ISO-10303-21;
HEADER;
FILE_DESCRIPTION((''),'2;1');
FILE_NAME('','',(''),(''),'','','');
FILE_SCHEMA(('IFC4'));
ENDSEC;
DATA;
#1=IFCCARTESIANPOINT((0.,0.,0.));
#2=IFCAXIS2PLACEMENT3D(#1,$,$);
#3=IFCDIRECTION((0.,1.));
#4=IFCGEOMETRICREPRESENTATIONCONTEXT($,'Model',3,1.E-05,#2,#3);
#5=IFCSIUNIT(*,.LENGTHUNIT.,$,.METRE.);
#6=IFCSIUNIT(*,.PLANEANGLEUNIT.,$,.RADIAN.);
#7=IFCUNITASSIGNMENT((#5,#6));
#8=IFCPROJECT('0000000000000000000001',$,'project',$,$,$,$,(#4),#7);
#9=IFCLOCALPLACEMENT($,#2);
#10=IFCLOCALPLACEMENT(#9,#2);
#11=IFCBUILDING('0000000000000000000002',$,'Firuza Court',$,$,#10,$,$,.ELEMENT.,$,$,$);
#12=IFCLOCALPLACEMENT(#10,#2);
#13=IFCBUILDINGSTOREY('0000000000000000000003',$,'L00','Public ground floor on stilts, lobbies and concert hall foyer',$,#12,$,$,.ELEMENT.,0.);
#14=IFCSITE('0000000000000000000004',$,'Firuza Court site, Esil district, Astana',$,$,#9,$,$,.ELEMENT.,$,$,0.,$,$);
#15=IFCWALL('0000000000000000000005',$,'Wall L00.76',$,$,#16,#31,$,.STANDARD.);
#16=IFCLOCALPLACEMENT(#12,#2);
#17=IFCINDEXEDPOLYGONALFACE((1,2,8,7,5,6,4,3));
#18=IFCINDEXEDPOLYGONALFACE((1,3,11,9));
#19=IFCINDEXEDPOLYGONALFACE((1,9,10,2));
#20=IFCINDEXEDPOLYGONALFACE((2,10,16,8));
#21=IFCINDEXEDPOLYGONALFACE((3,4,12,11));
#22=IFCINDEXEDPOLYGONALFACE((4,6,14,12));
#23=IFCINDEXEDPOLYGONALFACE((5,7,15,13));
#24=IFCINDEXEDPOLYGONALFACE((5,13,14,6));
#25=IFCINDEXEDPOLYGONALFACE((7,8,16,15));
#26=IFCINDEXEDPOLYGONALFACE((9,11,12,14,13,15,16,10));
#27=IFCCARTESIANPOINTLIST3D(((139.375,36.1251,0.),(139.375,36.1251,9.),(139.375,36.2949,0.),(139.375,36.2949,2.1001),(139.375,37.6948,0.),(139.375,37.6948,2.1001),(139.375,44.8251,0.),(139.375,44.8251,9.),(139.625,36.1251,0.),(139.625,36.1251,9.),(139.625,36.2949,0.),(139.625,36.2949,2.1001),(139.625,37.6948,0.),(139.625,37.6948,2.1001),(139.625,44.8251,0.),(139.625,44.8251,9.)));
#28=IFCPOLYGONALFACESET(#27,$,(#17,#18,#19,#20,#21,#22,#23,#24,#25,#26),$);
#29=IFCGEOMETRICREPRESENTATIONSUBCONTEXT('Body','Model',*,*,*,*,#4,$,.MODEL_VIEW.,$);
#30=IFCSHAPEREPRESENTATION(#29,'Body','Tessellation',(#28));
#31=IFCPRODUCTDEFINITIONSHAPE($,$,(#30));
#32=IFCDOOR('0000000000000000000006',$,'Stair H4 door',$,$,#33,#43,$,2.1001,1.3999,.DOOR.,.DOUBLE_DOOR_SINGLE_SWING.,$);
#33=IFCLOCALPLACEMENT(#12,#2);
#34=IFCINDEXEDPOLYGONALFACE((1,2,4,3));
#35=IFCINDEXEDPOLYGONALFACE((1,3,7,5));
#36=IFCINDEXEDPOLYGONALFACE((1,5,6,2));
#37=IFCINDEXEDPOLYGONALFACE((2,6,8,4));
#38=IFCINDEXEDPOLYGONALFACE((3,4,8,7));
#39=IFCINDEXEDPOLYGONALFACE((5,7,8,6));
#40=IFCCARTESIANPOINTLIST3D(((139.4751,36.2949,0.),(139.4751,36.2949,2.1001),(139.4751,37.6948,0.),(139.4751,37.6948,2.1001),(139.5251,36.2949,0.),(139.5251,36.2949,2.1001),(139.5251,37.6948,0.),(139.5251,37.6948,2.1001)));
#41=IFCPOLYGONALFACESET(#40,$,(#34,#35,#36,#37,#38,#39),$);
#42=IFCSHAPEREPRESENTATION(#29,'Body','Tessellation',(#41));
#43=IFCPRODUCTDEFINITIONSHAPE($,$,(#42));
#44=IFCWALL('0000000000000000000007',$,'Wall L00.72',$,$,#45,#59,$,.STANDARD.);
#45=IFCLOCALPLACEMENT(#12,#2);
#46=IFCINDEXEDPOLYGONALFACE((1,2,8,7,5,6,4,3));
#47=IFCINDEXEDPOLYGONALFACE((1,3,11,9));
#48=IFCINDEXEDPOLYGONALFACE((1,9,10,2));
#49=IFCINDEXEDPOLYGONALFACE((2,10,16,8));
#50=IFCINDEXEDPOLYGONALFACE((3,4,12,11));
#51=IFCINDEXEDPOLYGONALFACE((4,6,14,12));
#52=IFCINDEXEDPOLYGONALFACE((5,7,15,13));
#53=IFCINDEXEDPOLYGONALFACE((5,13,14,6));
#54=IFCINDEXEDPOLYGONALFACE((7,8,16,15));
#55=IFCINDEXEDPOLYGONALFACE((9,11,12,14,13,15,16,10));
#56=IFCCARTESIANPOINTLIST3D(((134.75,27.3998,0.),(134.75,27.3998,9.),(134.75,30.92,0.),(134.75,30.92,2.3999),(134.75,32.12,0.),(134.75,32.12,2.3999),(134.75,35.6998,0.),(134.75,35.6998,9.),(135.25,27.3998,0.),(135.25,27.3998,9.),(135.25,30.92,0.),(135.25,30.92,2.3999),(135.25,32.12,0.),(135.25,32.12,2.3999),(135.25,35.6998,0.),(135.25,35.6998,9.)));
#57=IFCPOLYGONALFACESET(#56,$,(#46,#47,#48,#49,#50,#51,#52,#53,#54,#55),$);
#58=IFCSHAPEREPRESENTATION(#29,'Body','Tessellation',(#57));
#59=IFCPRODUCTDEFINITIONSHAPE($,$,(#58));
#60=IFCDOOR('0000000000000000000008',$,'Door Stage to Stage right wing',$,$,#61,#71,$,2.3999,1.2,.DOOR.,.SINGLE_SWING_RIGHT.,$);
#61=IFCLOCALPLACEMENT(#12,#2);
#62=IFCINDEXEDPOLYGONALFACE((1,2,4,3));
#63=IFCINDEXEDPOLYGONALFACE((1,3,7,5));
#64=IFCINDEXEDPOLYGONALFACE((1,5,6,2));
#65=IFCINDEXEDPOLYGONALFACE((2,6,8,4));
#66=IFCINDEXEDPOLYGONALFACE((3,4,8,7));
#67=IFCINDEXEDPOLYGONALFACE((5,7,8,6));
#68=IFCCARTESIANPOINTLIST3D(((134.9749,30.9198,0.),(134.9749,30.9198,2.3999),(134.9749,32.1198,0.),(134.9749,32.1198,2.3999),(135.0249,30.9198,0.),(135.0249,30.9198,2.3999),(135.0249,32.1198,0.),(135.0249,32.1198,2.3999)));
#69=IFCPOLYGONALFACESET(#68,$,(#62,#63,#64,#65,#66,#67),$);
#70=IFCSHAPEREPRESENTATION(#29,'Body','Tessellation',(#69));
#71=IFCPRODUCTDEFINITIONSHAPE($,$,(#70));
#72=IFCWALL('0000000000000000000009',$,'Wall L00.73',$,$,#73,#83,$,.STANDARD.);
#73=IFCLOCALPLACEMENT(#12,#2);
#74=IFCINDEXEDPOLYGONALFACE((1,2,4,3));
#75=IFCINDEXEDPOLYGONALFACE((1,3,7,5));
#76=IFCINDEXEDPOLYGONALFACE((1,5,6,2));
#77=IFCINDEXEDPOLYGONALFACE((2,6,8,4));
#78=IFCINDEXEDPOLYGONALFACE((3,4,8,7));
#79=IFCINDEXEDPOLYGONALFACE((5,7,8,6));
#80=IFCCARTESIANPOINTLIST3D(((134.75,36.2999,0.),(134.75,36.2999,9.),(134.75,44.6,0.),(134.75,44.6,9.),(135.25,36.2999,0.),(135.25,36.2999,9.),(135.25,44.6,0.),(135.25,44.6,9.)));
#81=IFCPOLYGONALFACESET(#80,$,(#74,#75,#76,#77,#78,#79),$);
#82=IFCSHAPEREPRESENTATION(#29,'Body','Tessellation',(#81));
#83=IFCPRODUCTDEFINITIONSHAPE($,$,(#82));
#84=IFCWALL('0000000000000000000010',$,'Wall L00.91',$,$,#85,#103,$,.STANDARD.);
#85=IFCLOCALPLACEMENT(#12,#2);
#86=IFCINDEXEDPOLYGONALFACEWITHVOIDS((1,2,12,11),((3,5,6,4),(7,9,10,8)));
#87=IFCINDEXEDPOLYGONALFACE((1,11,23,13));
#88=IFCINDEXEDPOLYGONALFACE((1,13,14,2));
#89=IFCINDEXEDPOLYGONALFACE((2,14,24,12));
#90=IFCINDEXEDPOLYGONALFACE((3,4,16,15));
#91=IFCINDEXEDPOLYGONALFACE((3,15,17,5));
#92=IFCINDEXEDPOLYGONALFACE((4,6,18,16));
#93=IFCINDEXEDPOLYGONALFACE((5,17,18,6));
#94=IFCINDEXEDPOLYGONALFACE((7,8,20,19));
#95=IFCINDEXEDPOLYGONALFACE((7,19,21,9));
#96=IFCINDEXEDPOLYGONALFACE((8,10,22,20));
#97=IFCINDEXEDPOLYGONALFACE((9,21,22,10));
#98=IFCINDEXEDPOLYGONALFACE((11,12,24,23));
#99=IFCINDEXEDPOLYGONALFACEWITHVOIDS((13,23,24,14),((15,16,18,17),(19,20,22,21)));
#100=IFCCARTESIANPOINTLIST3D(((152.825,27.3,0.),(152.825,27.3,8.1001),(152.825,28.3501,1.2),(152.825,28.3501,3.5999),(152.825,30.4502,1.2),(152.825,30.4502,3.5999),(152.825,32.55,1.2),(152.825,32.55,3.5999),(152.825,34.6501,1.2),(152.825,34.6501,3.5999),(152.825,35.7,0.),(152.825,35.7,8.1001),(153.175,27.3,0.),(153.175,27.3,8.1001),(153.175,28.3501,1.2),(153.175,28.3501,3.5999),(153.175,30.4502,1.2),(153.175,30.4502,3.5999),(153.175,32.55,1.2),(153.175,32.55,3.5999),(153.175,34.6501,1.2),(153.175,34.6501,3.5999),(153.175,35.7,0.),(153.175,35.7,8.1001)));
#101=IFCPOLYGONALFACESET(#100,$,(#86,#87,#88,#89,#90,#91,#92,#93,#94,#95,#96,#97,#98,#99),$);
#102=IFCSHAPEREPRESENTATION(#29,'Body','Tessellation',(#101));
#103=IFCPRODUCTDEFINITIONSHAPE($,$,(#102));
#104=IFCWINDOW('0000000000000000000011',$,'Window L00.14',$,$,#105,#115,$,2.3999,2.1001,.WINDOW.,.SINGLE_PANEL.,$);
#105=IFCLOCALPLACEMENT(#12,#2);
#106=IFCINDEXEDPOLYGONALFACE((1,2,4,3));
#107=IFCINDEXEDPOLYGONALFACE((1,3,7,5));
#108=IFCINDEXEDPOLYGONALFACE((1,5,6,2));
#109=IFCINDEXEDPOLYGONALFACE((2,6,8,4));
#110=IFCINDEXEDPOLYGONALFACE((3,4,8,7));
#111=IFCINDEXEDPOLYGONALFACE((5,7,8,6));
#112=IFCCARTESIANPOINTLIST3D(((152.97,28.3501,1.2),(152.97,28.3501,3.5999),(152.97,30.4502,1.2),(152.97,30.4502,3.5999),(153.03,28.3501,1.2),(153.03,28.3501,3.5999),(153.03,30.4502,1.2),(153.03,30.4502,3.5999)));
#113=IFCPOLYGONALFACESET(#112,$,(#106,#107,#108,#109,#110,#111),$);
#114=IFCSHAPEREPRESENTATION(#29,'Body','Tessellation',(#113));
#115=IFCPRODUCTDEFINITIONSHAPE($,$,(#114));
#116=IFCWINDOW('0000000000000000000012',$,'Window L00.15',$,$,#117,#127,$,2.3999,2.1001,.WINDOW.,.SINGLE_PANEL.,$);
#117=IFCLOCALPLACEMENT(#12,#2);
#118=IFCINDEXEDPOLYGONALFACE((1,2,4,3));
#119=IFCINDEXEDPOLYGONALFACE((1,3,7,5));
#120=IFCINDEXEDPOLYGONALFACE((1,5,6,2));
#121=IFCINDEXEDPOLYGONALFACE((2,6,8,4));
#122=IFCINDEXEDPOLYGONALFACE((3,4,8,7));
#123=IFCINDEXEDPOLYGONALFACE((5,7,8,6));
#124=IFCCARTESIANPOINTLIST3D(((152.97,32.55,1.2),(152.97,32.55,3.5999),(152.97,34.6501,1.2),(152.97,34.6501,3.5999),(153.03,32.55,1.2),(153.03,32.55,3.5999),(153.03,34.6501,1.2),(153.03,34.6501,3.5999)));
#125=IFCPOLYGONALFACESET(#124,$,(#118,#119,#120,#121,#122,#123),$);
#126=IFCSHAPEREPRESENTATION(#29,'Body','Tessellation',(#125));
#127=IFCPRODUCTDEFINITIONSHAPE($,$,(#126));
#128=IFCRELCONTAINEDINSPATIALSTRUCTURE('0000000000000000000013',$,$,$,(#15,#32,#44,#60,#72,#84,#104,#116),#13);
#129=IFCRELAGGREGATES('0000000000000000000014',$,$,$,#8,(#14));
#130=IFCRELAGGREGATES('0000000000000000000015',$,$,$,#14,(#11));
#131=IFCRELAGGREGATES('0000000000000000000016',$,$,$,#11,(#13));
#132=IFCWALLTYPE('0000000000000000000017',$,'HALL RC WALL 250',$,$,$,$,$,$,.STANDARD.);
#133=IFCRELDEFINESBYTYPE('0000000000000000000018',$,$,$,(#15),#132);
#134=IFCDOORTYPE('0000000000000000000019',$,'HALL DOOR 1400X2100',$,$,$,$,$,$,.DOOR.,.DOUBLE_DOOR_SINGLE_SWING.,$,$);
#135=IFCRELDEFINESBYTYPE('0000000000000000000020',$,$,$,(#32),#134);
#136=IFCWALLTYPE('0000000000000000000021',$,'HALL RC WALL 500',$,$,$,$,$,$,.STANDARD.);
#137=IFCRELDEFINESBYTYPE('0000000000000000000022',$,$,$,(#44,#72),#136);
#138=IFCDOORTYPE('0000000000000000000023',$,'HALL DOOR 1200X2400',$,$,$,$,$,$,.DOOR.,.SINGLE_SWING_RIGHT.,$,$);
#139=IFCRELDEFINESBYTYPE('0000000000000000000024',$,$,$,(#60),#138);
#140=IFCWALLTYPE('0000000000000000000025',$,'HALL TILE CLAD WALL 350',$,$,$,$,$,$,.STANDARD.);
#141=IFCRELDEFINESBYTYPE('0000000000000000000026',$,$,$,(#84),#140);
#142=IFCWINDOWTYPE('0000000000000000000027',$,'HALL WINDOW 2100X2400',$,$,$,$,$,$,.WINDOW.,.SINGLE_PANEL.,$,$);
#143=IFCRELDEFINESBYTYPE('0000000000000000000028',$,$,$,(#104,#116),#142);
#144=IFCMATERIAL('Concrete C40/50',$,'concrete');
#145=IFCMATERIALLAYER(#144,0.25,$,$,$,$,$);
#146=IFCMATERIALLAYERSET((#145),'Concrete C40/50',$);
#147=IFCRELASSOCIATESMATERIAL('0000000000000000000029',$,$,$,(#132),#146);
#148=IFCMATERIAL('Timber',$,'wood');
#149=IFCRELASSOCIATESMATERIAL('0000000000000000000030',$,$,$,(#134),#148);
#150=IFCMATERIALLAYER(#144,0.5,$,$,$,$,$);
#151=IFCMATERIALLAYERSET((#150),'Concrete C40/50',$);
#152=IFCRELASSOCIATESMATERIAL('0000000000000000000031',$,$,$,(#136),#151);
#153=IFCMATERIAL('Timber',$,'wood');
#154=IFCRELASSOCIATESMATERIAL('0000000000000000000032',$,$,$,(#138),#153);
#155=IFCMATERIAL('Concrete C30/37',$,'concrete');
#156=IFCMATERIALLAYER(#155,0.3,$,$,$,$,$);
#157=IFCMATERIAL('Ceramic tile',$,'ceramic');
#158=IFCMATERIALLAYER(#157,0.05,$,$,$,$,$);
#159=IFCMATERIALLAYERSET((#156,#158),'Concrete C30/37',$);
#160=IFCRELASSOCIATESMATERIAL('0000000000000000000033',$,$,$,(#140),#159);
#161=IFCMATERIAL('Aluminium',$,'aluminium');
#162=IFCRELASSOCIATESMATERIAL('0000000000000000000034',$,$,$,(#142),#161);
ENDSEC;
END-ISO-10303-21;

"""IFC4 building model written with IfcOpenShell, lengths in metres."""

from ifc_helpers import new_model, si_unit, direction, frame, frame_2d, origin, place, context, subcontext, project, spatial, rectangle, extrude, material, layer, layer_set, type_object, element, fill, save


model = new_model("IFC4")

# Units and contexts
model_context = context("Model", 3, precision=1e-05, world=origin(), true_north=direction((0.0, 1.0)))
body_context = subcontext(model_context, "Body", "Model", "MODEL_VIEW")
ifc_project = project(units=[si_unit("LENGTHUNIT", "METRE"), si_unit("PLANEANGLEUNIT", "RADIAN")], contexts=[model_context])

# Site, building, storey
site_placement = place(None, origin())
site = spatial("IfcSite", under=ifc_project, at=site_placement, Name="Firuza Court site, Esil district, Astana", CompositionType="ELEMENT", RefElevation=0.0)
building_placement = place(site_placement, origin())
building = spatial("IfcBuilding", under=site, at=building_placement, Name="Firuza Court", CompositionType="ELEMENT")
storey_placement = place(building_placement, origin())
storey = spatial("IfcBuildingStorey", under=building, at=storey_placement, Name="L00", Description="Public ground floor on stilts, lobbies and concert hall foyer", CompositionType="ELEMENT", Elevation=0.0)

# Shared definitions
ifc_material_1 = material(Name="Concrete C40/50", Category="concrete")
ifc_layer_1 = layer(ifc_material_1, 0.25)
ifc_layer_set_1 = layer_set([ifc_layer_1], Name="Concrete C40/50")
wall_type_1 = type_object("IfcWallType", Name="HALL RC WALL 250", PredefinedType="STANDARD", material=ifc_layer_set_1)

# Walls, openings, doors
ifc_material_2 = material(Name="Timber", Category="wood")
door_type_1 = type_object("IfcDoorType", Name="HALL DOOR 1400X2100", OperationType="DOUBLE_DOOR_SINGLE_SWING", PredefinedType="DOOR", material=ifc_material_2)
wall_1_placement = place(storey_placement, frame((139.5, 36.125, 0.0), z_axis=(0.0, 0.0, 1.0), x_axis=(0.0, 1.0, 0.0)))
wall_1 = element("IfcWall", 1, at=wall_1_placement, inside=storey, type_object=wall_type_1, Name="Wall L00.76", PredefinedType="STANDARD", context=body_context, shape_type="SweptSolid", body=[
    extrude(rectangle(XDim=8.7, YDim=0.25, at=frame_2d((4.3501, 0.0))), origin(), (0.0, 0.0, 1.0), 9.0),
])
opening_1_placement = place(wall_1_placement, frame((0.1699, 0.0, 0.0)))
opening_1 = element("IfcOpeningElement", 2, at=opening_1_placement, cuts=wall_1, PredefinedType="OPENING", context=body_context, shape_type="SweptSolid", body=[
    extrude(rectangle(XDim=1.3999, YDim=2.1001, at=frame_2d((0.7, 1.05))), frame((0.0, 0.137, 0.0), z_axis=(0.0, -1.0, 0.0), x_axis=(1.0, 0.0, 0.0)), (0.0, 0.0, 1.0), 0.2739),
])
door_1_placement = place(opening_1_placement, origin())
door_1 = element("IfcDoor", 3, at=door_1_placement, inside=storey, type_object=door_type_1, Name="Stair H4 door", OperationType="DOUBLE_DOOR_SINGLE_SWING", OverallHeight=2.1001, OverallWidth=1.3999, PredefinedType="DOOR", context=body_context, shape_type="SweptSolid", body=[
    extrude(rectangle(XDim=1.3999, YDim=2.1001, at=frame_2d((0.7, 1.05))), frame((0.0, 0.0249, 0.0), z_axis=(0.0, -1.0, 0.0), x_axis=(1.0, 0.0, 0.0)), (0.0, 0.0, 1.0), 0.05),
])
fill(opening_1, door_1)
ifc_layer_2 = layer(ifc_material_1, 0.5)
ifc_layer_set_2 = layer_set([ifc_layer_2], Name="Concrete C40/50")
wall_type_2 = type_object("IfcWallType", Name="HALL RC WALL 500", PredefinedType="STANDARD", material=ifc_layer_set_2)
wall_2_placement = place(storey_placement, frame((135.0, 27.3999, 0.0), z_axis=(0.0, 0.0, 1.0), x_axis=(0.0, 1.0, 0.0)))
wall_2 = element("IfcWall", 4, at=wall_2_placement, inside=storey, type_object=wall_type_2, Name="Wall L00.72", PredefinedType="STANDARD", context=body_context, shape_type="SweptSolid", body=[
    extrude(rectangle(XDim=8.3, YDim=0.5, at=frame_2d((4.1499, 0.0))), origin(), (0.0, 0.0, 1.0), 9.0),
])
opening_2_placement = place(wall_2_placement, frame((3.52, 0.0, 0.0)))
opening_2 = element("IfcOpeningElement", 5, at=opening_2_placement, cuts=wall_2, PredefinedType="OPENING", context=body_context, shape_type="SweptSolid", body=[
    extrude(rectangle(XDim=1.2, YDim=2.3999, at=frame_2d((0.6001, 1.2))), frame((0.0, 0.262, 0.0), z_axis=(0.0, -1.0, 0.0), x_axis=(1.0, 0.0, 0.0)), (0.0, 0.0, 1.0), 0.5239),
])
ifc_material_3 = material(Name="Timber", Category="wood")
door_type_2 = type_object("IfcDoorType", Name="HALL DOOR 1200X2400", OperationType="SINGLE_SWING_RIGHT", PredefinedType="DOOR", material=ifc_material_3)
door_2_placement = place(opening_2_placement, frame((1.2, 0.0, 0.0), z_axis=(0.0, 0.0, 1.0), x_axis=(-1.0, 0.0, 0.0)))
door_2 = element("IfcDoor", 6, at=door_2_placement, inside=storey, type_object=door_type_2, Name="Door Stage to Stage right wing", OperationType="SINGLE_SWING_RIGHT", OverallHeight=2.3999, OverallWidth=1.2, PredefinedType="DOOR", context=body_context, shape_type="SweptSolid", body=[
    extrude(rectangle(XDim=1.2, YDim=2.3999, at=frame_2d((0.6001, 1.2))), frame((0.0, 0.0249, 0.0), z_axis=(0.0, -1.0, 0.0), x_axis=(1.0, 0.0, 0.0)), (0.0, 0.0, 1.0), 0.05),
])
fill(opening_2, door_2)

# Wall
wall_3_placement = place(storey_placement, frame((135.0, 36.3, 0.0), z_axis=(0.0, 0.0, 1.0), x_axis=(0.0, 1.0, 0.0)))
element("IfcWall", 7, at=wall_3_placement, inside=storey, type_object=wall_type_2, Name="Wall L00.73", PredefinedType="STANDARD", context=body_context, shape_type="SweptSolid", body=[
    extrude(rectangle(XDim=8.3, YDim=0.5, at=frame_2d((4.1499, 0.0))), origin(), (0.0, 0.0, 1.0), 9.0),
])

# Wall, openings, windows
ifc_material_4 = material(Name="Concrete C30/37", Category="concrete")
ifc_layer_3 = layer(ifc_material_4, 0.3)
ifc_material_5 = material(Name="Ceramic tile", Category="ceramic")
ifc_layer_4 = layer(ifc_material_5, 0.05)
ifc_layer_set_3 = layer_set([ifc_layer_3, ifc_layer_4], Name="Concrete C30/37")
wall_type_3 = type_object("IfcWallType", Name="HALL TILE CLAD WALL 350", PredefinedType="STANDARD", material=ifc_layer_set_3)
wall_4_placement = place(storey_placement, frame((153.0, 27.3, 0.0), z_axis=(0.0, 0.0, 1.0), x_axis=(0.0, 1.0, 0.0)))
wall_4 = element("IfcWall", 8, at=wall_4_placement, inside=storey, type_object=wall_type_3, Name="Wall L00.91", PredefinedType="STANDARD", context=body_context, shape_type="SweptSolid", body=[
    extrude(rectangle(XDim=8.3999, YDim=0.3501, at=frame_2d((4.2, 0.0))), origin(), (0.0, 0.0, 1.0), 8.1001),
])
opening_3_placement = place(wall_4_placement, frame((1.05, 0.0, 1.2)))
opening_3 = element("IfcOpeningElement", 9, at=opening_3_placement, cuts=wall_4, PredefinedType="OPENING", context=body_context, shape_type="SweptSolid", body=[
    extrude(rectangle(XDim=2.1001, YDim=2.3999, at=frame_2d((1.05, 1.2))), frame((0.0, 0.187, 0.0), z_axis=(0.0, -1.0, 0.0), x_axis=(1.0, 0.0, 0.0)), (0.0, 0.0, 1.0), 0.374),
])
opening_4_placement = place(wall_4_placement, frame((5.25, 0.0, 1.2)))
opening_4 = element("IfcOpeningElement", 10, at=opening_4_placement, cuts=wall_4, PredefinedType="OPENING", context=body_context, shape_type="SweptSolid", body=[
    extrude(rectangle(XDim=2.1001, YDim=2.3999, at=frame_2d((1.05, 1.2))), frame((0.0, 0.187, 0.0), z_axis=(0.0, -1.0, 0.0), x_axis=(1.0, 0.0, 0.0)), (0.0, 0.0, 1.0), 0.374),
])
ifc_material_6 = material(Name="Aluminium", Category="aluminium")
window_type = type_object("IfcWindowType", Name="HALL WINDOW 2100X2400", PartitioningType="SINGLE_PANEL", PredefinedType="WINDOW", material=ifc_material_6)
window_1_placement = place(opening_3_placement, origin())
window_1 = element("IfcWindow", 11, at=window_1_placement, inside=storey, type_object=window_type, Name="Window L00.14", OverallHeight=2.3999, OverallWidth=2.1001, PartitioningType="SINGLE_PANEL", PredefinedType="WINDOW", context=body_context, shape_type="SweptSolid", body=[
    extrude(rectangle(XDim=2.1001, YDim=2.3999, at=frame_2d((1.05, 1.2))), frame((0.0, 0.03, 0.0), z_axis=(0.0, -1.0, 0.0), x_axis=(1.0, 0.0, 0.0)), (0.0, 0.0, 1.0), 0.0601),
])
fill(opening_3, window_1)
window_2_placement = place(opening_4_placement, origin())
window_2 = element("IfcWindow", 12, at=window_2_placement, inside=storey, type_object=window_type, Name="Window L00.15", OverallHeight=2.3999, OverallWidth=2.1001, PartitioningType="SINGLE_PANEL", PredefinedType="WINDOW", context=body_context, shape_type="SweptSolid", body=[
    extrude(rectangle(XDim=2.1001, YDim=2.3999, at=frame_2d((1.05, 1.2))), frame((0.0, 0.03, 0.0), z_axis=(0.0, -1.0, 0.0), x_axis=(1.0, 0.0, 0.0)), (0.0, 0.0, 1.0), 0.0601),
])
fill(opening_4, window_2)

save(model, "model.ifc")
